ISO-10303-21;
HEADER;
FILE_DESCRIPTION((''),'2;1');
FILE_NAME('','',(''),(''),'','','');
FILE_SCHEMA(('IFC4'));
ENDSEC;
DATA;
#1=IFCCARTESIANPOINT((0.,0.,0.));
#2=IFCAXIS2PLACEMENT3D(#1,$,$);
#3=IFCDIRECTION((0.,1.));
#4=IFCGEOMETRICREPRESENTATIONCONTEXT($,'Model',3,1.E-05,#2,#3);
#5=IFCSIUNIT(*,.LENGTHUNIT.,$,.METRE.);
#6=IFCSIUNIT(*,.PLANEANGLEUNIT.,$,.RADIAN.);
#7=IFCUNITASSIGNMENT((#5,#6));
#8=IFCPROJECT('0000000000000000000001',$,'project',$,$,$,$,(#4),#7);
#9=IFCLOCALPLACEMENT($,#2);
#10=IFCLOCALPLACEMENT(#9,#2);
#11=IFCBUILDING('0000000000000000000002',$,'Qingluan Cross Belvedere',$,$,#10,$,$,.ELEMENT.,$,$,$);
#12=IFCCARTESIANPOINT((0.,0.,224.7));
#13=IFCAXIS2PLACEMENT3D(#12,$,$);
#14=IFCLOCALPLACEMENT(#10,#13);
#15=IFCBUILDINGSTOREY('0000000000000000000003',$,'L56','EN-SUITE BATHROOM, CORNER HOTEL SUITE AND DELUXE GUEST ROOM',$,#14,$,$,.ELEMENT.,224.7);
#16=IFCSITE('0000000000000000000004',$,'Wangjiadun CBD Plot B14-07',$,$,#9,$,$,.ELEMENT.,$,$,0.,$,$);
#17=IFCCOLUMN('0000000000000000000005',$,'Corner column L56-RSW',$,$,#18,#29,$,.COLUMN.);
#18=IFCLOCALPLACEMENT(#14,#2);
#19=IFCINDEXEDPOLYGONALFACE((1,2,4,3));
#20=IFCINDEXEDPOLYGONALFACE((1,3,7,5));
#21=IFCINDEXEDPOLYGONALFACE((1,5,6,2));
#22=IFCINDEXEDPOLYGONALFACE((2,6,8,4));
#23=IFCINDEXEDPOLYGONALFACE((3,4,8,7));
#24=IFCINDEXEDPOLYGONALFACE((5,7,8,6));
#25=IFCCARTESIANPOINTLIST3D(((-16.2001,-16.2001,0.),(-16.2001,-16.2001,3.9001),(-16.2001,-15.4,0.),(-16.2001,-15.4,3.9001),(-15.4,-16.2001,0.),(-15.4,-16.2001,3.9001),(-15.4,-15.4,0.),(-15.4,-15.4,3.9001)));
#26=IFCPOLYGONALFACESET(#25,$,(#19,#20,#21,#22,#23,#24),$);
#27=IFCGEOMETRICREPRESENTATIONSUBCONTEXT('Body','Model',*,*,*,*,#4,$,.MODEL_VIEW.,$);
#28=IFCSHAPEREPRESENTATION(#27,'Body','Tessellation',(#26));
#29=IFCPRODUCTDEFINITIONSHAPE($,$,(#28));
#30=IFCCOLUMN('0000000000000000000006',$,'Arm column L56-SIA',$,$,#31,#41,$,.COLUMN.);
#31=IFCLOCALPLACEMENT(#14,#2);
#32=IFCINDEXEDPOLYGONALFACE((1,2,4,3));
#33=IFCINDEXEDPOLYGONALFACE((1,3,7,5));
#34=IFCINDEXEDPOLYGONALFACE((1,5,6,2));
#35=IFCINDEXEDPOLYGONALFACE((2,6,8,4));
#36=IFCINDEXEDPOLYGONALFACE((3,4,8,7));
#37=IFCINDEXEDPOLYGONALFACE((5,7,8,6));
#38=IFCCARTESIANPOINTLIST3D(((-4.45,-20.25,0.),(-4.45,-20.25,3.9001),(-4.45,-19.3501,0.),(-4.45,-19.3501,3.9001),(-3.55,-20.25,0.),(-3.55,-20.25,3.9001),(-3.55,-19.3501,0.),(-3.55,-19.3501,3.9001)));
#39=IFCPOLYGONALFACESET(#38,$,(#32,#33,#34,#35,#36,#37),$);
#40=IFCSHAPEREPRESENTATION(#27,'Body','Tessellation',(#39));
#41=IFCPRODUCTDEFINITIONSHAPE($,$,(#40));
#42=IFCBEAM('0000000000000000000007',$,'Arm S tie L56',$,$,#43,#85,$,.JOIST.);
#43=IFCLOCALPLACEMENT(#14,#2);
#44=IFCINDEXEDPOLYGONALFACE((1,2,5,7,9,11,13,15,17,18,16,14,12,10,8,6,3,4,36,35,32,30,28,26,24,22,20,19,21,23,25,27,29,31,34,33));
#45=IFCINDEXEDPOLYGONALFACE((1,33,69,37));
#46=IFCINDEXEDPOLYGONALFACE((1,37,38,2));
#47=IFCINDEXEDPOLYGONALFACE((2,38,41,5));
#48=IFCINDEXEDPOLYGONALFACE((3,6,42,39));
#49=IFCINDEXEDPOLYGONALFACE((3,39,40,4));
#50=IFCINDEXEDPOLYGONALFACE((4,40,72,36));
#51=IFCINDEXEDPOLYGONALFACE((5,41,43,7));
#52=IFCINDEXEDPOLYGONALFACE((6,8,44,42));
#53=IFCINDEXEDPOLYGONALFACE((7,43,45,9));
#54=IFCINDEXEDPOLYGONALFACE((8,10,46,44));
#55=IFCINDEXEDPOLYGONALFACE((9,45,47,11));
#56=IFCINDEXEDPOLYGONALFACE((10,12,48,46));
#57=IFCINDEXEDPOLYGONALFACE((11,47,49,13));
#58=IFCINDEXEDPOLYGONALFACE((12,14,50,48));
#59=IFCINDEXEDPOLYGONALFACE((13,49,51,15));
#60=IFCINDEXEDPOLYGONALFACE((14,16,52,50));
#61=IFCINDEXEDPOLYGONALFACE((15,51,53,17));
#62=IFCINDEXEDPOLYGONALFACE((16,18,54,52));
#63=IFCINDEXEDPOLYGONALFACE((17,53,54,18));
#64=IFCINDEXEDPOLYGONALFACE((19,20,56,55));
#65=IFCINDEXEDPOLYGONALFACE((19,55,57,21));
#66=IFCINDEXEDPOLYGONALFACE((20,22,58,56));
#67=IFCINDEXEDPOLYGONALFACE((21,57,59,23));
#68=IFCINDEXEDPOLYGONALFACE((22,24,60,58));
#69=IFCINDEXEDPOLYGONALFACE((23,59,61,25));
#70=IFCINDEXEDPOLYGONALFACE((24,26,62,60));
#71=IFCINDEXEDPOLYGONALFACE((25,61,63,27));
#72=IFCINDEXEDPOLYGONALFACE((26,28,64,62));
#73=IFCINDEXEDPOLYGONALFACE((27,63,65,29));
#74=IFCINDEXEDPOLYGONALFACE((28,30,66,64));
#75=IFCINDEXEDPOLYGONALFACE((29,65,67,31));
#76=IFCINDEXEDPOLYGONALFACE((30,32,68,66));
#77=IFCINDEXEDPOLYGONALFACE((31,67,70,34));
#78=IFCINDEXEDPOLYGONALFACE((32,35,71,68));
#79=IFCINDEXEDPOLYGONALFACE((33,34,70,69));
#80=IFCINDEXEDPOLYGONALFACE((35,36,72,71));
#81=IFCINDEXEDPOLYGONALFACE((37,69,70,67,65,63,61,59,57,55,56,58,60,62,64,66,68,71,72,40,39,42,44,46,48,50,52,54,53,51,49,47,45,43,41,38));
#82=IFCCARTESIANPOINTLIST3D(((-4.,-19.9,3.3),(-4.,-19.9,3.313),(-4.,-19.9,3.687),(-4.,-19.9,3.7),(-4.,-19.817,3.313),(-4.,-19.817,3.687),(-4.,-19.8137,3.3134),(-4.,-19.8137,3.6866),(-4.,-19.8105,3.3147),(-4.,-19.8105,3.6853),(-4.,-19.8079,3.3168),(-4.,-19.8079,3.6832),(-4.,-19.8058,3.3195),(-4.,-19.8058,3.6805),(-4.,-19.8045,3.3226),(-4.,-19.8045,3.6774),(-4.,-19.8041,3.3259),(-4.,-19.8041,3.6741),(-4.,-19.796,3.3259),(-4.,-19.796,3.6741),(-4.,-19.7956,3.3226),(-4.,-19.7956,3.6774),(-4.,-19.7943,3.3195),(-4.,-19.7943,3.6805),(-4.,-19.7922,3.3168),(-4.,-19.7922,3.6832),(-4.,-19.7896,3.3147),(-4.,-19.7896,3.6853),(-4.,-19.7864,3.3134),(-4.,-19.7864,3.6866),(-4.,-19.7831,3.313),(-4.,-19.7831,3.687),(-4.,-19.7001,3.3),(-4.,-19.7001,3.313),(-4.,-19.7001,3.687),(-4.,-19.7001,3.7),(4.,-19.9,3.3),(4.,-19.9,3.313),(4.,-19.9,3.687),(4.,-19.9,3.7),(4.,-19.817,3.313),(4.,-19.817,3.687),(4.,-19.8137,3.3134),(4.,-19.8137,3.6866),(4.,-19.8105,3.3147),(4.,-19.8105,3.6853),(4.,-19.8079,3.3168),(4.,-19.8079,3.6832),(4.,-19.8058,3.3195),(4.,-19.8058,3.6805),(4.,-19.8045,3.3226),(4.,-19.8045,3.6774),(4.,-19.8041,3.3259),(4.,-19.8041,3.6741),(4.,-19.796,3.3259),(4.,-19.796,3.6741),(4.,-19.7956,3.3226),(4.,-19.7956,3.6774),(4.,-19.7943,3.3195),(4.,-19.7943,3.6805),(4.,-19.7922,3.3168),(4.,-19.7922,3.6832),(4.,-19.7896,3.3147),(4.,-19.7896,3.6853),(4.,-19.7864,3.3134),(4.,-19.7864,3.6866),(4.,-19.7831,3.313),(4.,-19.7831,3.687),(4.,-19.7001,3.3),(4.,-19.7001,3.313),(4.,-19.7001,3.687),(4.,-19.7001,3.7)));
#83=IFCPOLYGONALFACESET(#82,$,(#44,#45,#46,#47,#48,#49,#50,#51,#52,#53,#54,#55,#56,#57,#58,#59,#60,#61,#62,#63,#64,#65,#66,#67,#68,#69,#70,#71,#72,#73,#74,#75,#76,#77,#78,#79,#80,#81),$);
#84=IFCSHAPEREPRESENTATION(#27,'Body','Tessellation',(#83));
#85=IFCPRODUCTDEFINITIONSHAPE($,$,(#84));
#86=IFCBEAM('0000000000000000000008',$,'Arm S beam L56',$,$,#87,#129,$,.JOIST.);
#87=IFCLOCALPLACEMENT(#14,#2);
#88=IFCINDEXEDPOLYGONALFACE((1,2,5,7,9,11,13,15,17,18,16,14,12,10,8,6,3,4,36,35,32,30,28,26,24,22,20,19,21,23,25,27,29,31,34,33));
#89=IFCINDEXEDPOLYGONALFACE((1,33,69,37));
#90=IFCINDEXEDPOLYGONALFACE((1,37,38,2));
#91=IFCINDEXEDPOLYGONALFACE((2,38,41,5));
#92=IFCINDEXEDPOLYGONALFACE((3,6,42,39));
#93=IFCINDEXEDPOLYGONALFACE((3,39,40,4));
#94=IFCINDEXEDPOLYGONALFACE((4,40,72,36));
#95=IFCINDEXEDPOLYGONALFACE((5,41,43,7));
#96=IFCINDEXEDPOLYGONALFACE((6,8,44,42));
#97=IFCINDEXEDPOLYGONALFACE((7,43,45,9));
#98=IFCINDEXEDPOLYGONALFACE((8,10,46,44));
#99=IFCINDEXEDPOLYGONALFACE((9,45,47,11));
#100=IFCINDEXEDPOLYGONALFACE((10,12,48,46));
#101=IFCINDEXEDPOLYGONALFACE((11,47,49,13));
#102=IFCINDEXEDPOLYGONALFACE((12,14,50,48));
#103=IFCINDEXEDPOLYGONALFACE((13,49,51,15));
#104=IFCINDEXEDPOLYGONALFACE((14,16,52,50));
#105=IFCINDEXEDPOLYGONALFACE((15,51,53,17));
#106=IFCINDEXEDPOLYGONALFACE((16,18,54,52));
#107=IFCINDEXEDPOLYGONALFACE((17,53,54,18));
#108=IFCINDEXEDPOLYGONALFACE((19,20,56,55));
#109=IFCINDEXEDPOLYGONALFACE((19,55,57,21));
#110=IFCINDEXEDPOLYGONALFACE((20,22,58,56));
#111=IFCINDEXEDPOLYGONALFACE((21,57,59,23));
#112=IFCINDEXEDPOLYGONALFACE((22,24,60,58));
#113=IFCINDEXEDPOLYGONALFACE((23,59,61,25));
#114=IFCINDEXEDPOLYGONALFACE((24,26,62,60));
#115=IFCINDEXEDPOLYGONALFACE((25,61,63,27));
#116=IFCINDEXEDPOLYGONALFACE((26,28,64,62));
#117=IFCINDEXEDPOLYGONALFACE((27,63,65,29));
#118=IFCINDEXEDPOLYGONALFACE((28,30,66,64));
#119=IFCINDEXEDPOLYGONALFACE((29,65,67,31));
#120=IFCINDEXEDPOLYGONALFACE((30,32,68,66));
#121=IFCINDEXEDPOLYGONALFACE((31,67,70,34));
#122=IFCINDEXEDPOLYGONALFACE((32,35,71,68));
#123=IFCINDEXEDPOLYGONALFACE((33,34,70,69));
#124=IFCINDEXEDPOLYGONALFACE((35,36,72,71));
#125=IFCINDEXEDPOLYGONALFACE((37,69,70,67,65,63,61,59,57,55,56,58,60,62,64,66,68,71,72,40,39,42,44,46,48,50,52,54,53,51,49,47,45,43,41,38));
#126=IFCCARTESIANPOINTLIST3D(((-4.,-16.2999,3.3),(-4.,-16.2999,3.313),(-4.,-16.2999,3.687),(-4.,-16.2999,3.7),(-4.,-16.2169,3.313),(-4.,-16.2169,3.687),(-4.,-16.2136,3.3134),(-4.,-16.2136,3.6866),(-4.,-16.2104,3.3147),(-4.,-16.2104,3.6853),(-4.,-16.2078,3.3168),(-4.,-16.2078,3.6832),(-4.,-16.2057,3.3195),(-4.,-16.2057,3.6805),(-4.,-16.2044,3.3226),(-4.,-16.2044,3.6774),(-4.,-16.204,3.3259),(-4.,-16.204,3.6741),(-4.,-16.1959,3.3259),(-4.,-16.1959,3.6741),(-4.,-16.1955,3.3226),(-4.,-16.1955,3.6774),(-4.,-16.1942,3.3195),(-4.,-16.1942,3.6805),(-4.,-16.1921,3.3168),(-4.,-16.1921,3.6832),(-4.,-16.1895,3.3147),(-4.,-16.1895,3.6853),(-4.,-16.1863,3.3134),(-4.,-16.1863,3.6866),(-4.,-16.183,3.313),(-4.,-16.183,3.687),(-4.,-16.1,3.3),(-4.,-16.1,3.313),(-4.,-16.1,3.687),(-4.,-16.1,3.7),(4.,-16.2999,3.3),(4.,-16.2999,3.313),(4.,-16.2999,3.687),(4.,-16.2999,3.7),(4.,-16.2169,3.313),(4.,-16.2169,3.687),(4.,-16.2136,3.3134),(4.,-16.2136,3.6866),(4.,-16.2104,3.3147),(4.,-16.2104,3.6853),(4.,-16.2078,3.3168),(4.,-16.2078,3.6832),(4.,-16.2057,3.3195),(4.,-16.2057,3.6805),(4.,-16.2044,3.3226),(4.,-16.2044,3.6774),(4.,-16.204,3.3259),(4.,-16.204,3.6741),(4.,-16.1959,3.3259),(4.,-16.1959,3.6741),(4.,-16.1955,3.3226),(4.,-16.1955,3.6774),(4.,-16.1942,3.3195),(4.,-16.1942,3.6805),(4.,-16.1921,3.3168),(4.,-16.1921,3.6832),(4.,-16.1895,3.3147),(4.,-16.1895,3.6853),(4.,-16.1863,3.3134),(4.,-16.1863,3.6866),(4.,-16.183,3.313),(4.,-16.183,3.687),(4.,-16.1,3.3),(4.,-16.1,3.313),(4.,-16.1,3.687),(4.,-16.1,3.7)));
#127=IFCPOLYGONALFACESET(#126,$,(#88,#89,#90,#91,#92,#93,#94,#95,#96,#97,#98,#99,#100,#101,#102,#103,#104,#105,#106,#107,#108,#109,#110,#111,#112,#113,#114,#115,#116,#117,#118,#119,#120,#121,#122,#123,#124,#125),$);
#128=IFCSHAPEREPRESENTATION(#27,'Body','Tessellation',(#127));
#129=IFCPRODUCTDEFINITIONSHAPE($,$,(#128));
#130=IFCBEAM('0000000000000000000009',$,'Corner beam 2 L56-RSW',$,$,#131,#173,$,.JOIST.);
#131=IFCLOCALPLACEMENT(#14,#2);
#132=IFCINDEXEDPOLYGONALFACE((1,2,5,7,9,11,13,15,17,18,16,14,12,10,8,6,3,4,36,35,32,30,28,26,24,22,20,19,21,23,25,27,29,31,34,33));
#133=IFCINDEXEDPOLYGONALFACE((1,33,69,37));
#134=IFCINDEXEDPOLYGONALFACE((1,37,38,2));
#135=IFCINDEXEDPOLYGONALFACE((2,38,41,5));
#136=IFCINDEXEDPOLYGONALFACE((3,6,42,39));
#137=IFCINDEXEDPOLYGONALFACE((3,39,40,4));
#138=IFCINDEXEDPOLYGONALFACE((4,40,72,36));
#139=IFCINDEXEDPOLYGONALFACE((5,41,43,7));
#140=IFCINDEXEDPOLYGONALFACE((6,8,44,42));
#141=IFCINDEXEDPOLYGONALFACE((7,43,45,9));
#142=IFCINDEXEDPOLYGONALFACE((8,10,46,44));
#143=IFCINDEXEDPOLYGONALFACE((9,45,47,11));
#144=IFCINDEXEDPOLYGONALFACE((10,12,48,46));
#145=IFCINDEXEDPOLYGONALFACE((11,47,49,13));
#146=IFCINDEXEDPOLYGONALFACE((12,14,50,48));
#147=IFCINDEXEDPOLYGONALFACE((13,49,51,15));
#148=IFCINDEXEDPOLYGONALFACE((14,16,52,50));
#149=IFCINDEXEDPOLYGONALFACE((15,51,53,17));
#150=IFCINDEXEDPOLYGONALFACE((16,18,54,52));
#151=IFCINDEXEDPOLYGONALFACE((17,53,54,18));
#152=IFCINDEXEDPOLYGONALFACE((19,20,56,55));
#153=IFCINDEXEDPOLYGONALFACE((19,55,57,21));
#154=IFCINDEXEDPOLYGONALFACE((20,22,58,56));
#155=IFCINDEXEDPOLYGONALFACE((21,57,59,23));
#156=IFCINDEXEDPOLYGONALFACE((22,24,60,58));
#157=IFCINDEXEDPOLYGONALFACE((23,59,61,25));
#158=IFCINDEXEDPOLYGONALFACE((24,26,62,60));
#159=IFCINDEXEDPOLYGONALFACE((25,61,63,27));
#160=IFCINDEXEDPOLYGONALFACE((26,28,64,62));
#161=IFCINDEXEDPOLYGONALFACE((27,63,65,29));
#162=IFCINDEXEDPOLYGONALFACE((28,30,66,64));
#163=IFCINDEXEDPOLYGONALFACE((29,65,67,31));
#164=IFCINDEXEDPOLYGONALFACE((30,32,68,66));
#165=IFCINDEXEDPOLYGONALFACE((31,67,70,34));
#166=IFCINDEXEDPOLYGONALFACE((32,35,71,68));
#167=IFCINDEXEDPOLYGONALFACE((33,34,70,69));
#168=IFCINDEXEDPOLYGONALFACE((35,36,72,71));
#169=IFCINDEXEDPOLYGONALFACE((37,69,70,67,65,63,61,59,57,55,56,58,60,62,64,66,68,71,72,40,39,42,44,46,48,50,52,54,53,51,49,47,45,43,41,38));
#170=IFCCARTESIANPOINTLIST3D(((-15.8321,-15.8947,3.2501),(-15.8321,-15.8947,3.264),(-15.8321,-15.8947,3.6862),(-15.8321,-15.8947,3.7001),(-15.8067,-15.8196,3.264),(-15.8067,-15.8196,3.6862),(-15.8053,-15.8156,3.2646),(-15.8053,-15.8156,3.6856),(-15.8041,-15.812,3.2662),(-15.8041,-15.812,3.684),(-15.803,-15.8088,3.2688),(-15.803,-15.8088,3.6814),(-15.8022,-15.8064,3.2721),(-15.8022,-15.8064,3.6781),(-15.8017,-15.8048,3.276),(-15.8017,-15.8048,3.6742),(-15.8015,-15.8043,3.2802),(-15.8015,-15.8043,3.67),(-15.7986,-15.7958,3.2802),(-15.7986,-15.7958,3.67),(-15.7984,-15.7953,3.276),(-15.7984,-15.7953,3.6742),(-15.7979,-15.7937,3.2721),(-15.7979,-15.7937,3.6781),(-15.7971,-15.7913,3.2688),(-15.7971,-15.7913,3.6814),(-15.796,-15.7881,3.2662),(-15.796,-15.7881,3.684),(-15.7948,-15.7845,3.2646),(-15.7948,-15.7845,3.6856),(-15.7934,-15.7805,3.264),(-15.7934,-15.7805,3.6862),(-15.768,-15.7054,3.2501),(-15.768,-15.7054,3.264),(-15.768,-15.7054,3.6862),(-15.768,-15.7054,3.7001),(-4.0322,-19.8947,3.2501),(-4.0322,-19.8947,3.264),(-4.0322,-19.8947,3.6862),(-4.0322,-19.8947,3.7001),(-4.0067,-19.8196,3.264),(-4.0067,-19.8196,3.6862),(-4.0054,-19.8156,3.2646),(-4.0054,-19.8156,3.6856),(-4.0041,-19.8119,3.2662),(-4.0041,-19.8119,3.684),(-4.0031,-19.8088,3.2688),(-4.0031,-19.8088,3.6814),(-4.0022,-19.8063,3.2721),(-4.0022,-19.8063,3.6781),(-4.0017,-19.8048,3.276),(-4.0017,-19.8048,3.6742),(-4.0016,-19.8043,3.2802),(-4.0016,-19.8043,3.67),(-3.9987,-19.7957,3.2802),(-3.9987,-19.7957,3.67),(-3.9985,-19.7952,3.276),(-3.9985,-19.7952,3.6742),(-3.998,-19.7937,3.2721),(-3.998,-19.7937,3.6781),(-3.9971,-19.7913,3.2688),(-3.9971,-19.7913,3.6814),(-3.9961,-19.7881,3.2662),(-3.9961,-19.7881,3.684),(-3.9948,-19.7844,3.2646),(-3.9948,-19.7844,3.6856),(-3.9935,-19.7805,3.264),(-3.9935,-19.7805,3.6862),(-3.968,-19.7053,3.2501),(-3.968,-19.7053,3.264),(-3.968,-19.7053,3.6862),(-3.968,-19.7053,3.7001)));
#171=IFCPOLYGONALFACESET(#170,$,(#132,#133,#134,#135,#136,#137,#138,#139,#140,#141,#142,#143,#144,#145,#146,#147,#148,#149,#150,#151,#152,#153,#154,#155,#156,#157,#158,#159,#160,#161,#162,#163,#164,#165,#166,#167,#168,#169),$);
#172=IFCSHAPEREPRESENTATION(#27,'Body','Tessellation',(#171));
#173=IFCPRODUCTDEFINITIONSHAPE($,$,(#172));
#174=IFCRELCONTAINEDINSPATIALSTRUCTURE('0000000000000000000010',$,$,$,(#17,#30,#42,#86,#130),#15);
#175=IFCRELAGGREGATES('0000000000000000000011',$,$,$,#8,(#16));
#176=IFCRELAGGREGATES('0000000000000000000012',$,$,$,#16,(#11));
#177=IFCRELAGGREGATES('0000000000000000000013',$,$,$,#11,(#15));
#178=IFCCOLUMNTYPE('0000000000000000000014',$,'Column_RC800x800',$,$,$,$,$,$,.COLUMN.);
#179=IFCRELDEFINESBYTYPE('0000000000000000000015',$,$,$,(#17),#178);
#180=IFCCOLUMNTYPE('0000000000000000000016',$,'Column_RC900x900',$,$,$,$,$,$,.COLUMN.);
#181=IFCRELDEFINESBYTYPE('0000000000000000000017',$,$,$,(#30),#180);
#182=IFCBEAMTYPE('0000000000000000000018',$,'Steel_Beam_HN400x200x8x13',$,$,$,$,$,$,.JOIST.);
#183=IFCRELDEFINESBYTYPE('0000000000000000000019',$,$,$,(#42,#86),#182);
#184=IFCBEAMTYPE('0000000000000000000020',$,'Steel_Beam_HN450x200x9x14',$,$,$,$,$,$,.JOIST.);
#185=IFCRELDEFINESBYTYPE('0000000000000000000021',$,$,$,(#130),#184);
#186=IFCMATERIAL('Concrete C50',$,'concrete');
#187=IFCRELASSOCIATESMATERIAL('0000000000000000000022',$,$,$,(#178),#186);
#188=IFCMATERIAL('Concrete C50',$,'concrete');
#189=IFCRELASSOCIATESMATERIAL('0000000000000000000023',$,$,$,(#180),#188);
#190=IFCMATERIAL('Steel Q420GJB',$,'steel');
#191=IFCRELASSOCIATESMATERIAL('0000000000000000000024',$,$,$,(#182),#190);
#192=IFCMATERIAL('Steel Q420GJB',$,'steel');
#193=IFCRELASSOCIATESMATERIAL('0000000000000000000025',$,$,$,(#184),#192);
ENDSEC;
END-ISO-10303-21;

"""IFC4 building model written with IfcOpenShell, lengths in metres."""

from ifc_helpers import new_model, si_unit, direction, frame, origin, origin_2d, place, context, subcontext, project, spatial, rectangle, i_section, extrude, material, material_profile, profile_set, type_object, element, save


model = new_model("IFC4")

# Units and contexts
model_context = context("Model", 3, precision=1e-05, world=origin(), true_north=direction((0.0, 1.0)))
body_context = subcontext(model_context, "Body", "Model", "MODEL_VIEW")
ifc_project = project(units=[si_unit("LENGTHUNIT", "METRE"), si_unit("PLANEANGLEUNIT", "RADIAN")], contexts=[model_context])

# Site, building, storey
site_placement = place(None, origin())
site = spatial("IfcSite", under=ifc_project, at=site_placement, Name="Wangjiadun CBD Plot B14-07", CompositionType="ELEMENT", RefElevation=0.0)
building_placement = place(site_placement, origin())
building = spatial("IfcBuilding", under=site, at=building_placement, Name="Qingluan Cross Belvedere", CompositionType="ELEMENT")
storey_placement = place(building_placement, frame((0.0, 0.0, 224.7)))
storey = spatial("IfcBuildingStorey", under=building, at=storey_placement, Name="L56", Description="EN-SUITE BATHROOM, CORNER HOTEL SUITE AND DELUXE GUEST ROOM", CompositionType="ELEMENT", Elevation=224.7)

# Columns
ifc_material_1 = material(Name="Concrete C50", Category="concrete")
ifc_material_profile_1 = material_profile(ifc_material_1, rectangle(XDim=0.8, YDim=0.8, at=origin_2d()), Name="RC800x800")
ifc_profile_set_1 = profile_set([ifc_material_profile_1], Name="Concrete C50")
column_type_1 = type_object("IfcColumnType", Name="Column_RC800x800", PredefinedType="COLUMN", material=ifc_profile_set_1)
column_1_placement = place(storey_placement, frame((-15.8, -15.8, 0.0), z_axis=(0.0, 0.0, 1.0), x_axis=(1.0, 0.0, 0.0)))
element("IfcColumn", 1, at=column_1_placement, inside=storey, type_object=column_type_1, Name="Corner column L56-RSW", PredefinedType="COLUMN", context=body_context, shape_type="SweptSolid", body=[
    extrude(rectangle(XDim=0.8, YDim=0.8, at=origin_2d()), origin(), (0.0, 0.0, 1.0), 3.9001),
])
ifc_material_2 = material(Name="Concrete C50", Category="concrete")
ifc_material_profile_2 = material_profile(ifc_material_2, rectangle(XDim=0.8999, YDim=0.8999, at=origin_2d()), Name="RC900x900")
ifc_profile_set_2 = profile_set([ifc_material_profile_2], Name="Concrete C50")
column_type_2 = type_object("IfcColumnType", Name="Column_RC900x900", PredefinedType="COLUMN", material=ifc_profile_set_2)
column_2_placement = place(storey_placement, frame((-4.0, -19.8, 0.0), z_axis=(0.0, 0.0, 1.0), x_axis=(1.0, 0.0, 0.0)))
element("IfcColumn", 2, at=column_2_placement, inside=storey, type_object=column_type_2, Name="Arm column L56-SIA", PredefinedType="COLUMN", context=body_context, shape_type="SweptSolid", body=[
    extrude(rectangle(XDim=0.8999, YDim=0.8999, at=origin_2d()), origin(), (0.0, 0.0, 1.0), 3.9001),
])

# Beams
ifc_material_3 = material(Name="Steel Q420GJB", Category="steel")
ifc_material_profile_3 = material_profile(ifc_material_3, i_section(OverallWidth=0.2, OverallDepth=0.3999, WebThickness=0.0081, FlangeThickness=0.0129, FilletRadius=0.0129, at=origin_2d()), Name="HN400x200x8x13")
ifc_profile_set_3 = profile_set([ifc_material_profile_3], Name="Steel Q420GJB")
beam_type_1 = type_object("IfcBeamType", Name="Steel_Beam_HN400x200x8x13", PredefinedType="JOIST", material=ifc_profile_set_3)
for number, where, z_axis, x_axis, name in (
    (3, (-4.0, -19.8, 3.5), (1.0, 0.0, 0.0), (0.0, 1.0, 0.0), "Arm S tie L56"),
    (4, (-4.0, -16.2, 3.5), (1.0, 0.0, 0.0), (0.0, 1.0, 0.0), "Arm S beam L56"),
):
    element("IfcBeam", number, at=place(storey_placement, frame(where, z_axis=z_axis, x_axis=x_axis)), inside=storey, type_object=beam_type_1, Name=name, PredefinedType="JOIST", context=body_context, shape_type="SweptSolid", body=[
        extrude(i_section(OverallWidth=0.2, OverallDepth=0.3999, WebThickness=0.0081, FlangeThickness=0.0129, FilletRadius=0.0129, at=origin_2d()), origin(), (0.0, 0.0, 1.0), 8.0),
    ])
ifc_material_4 = material(Name="Steel Q420GJB", Category="steel")
ifc_material_profile_4 = material_profile(ifc_material_4, i_section(OverallWidth=0.2, OverallDepth=0.45, WebThickness=0.009, FlangeThickness=0.0139, FilletRadius=0.0161, at=origin_2d()), Name="HN450x200x9x14")
ifc_profile_set_4 = profile_set([ifc_material_profile_4], Name="Steel Q420GJB")
beam_type_2 = type_object("IfcBeamType", Name="Steel_Beam_HN450x200x9x14", PredefinedType="JOIST", material=ifc_profile_set_4)
for number, where, z_axis, x_axis, name in (
    (5, (-15.8, -15.8, 3.4751), (0.947066, -0.321038, 0.0), (0.321038, 0.947066, 0.0), "Corner beam 2 L56-RSW"),
):
    element("IfcBeam", number, at=place(storey_placement, frame(where, z_axis=z_axis, x_axis=x_axis)), inside=storey, type_object=beam_type_2, Name=name, PredefinedType="JOIST", context=body_context, shape_type="SweptSolid", body=[
        extrude(i_section(OverallWidth=0.2, OverallDepth=0.45, WebThickness=0.009, FlangeThickness=0.0139, FilletRadius=0.0161, at=origin_2d()), origin(), (0.0, 0.0, 1.0), 12.4595),
    ])

save(model, "model.ifc")
